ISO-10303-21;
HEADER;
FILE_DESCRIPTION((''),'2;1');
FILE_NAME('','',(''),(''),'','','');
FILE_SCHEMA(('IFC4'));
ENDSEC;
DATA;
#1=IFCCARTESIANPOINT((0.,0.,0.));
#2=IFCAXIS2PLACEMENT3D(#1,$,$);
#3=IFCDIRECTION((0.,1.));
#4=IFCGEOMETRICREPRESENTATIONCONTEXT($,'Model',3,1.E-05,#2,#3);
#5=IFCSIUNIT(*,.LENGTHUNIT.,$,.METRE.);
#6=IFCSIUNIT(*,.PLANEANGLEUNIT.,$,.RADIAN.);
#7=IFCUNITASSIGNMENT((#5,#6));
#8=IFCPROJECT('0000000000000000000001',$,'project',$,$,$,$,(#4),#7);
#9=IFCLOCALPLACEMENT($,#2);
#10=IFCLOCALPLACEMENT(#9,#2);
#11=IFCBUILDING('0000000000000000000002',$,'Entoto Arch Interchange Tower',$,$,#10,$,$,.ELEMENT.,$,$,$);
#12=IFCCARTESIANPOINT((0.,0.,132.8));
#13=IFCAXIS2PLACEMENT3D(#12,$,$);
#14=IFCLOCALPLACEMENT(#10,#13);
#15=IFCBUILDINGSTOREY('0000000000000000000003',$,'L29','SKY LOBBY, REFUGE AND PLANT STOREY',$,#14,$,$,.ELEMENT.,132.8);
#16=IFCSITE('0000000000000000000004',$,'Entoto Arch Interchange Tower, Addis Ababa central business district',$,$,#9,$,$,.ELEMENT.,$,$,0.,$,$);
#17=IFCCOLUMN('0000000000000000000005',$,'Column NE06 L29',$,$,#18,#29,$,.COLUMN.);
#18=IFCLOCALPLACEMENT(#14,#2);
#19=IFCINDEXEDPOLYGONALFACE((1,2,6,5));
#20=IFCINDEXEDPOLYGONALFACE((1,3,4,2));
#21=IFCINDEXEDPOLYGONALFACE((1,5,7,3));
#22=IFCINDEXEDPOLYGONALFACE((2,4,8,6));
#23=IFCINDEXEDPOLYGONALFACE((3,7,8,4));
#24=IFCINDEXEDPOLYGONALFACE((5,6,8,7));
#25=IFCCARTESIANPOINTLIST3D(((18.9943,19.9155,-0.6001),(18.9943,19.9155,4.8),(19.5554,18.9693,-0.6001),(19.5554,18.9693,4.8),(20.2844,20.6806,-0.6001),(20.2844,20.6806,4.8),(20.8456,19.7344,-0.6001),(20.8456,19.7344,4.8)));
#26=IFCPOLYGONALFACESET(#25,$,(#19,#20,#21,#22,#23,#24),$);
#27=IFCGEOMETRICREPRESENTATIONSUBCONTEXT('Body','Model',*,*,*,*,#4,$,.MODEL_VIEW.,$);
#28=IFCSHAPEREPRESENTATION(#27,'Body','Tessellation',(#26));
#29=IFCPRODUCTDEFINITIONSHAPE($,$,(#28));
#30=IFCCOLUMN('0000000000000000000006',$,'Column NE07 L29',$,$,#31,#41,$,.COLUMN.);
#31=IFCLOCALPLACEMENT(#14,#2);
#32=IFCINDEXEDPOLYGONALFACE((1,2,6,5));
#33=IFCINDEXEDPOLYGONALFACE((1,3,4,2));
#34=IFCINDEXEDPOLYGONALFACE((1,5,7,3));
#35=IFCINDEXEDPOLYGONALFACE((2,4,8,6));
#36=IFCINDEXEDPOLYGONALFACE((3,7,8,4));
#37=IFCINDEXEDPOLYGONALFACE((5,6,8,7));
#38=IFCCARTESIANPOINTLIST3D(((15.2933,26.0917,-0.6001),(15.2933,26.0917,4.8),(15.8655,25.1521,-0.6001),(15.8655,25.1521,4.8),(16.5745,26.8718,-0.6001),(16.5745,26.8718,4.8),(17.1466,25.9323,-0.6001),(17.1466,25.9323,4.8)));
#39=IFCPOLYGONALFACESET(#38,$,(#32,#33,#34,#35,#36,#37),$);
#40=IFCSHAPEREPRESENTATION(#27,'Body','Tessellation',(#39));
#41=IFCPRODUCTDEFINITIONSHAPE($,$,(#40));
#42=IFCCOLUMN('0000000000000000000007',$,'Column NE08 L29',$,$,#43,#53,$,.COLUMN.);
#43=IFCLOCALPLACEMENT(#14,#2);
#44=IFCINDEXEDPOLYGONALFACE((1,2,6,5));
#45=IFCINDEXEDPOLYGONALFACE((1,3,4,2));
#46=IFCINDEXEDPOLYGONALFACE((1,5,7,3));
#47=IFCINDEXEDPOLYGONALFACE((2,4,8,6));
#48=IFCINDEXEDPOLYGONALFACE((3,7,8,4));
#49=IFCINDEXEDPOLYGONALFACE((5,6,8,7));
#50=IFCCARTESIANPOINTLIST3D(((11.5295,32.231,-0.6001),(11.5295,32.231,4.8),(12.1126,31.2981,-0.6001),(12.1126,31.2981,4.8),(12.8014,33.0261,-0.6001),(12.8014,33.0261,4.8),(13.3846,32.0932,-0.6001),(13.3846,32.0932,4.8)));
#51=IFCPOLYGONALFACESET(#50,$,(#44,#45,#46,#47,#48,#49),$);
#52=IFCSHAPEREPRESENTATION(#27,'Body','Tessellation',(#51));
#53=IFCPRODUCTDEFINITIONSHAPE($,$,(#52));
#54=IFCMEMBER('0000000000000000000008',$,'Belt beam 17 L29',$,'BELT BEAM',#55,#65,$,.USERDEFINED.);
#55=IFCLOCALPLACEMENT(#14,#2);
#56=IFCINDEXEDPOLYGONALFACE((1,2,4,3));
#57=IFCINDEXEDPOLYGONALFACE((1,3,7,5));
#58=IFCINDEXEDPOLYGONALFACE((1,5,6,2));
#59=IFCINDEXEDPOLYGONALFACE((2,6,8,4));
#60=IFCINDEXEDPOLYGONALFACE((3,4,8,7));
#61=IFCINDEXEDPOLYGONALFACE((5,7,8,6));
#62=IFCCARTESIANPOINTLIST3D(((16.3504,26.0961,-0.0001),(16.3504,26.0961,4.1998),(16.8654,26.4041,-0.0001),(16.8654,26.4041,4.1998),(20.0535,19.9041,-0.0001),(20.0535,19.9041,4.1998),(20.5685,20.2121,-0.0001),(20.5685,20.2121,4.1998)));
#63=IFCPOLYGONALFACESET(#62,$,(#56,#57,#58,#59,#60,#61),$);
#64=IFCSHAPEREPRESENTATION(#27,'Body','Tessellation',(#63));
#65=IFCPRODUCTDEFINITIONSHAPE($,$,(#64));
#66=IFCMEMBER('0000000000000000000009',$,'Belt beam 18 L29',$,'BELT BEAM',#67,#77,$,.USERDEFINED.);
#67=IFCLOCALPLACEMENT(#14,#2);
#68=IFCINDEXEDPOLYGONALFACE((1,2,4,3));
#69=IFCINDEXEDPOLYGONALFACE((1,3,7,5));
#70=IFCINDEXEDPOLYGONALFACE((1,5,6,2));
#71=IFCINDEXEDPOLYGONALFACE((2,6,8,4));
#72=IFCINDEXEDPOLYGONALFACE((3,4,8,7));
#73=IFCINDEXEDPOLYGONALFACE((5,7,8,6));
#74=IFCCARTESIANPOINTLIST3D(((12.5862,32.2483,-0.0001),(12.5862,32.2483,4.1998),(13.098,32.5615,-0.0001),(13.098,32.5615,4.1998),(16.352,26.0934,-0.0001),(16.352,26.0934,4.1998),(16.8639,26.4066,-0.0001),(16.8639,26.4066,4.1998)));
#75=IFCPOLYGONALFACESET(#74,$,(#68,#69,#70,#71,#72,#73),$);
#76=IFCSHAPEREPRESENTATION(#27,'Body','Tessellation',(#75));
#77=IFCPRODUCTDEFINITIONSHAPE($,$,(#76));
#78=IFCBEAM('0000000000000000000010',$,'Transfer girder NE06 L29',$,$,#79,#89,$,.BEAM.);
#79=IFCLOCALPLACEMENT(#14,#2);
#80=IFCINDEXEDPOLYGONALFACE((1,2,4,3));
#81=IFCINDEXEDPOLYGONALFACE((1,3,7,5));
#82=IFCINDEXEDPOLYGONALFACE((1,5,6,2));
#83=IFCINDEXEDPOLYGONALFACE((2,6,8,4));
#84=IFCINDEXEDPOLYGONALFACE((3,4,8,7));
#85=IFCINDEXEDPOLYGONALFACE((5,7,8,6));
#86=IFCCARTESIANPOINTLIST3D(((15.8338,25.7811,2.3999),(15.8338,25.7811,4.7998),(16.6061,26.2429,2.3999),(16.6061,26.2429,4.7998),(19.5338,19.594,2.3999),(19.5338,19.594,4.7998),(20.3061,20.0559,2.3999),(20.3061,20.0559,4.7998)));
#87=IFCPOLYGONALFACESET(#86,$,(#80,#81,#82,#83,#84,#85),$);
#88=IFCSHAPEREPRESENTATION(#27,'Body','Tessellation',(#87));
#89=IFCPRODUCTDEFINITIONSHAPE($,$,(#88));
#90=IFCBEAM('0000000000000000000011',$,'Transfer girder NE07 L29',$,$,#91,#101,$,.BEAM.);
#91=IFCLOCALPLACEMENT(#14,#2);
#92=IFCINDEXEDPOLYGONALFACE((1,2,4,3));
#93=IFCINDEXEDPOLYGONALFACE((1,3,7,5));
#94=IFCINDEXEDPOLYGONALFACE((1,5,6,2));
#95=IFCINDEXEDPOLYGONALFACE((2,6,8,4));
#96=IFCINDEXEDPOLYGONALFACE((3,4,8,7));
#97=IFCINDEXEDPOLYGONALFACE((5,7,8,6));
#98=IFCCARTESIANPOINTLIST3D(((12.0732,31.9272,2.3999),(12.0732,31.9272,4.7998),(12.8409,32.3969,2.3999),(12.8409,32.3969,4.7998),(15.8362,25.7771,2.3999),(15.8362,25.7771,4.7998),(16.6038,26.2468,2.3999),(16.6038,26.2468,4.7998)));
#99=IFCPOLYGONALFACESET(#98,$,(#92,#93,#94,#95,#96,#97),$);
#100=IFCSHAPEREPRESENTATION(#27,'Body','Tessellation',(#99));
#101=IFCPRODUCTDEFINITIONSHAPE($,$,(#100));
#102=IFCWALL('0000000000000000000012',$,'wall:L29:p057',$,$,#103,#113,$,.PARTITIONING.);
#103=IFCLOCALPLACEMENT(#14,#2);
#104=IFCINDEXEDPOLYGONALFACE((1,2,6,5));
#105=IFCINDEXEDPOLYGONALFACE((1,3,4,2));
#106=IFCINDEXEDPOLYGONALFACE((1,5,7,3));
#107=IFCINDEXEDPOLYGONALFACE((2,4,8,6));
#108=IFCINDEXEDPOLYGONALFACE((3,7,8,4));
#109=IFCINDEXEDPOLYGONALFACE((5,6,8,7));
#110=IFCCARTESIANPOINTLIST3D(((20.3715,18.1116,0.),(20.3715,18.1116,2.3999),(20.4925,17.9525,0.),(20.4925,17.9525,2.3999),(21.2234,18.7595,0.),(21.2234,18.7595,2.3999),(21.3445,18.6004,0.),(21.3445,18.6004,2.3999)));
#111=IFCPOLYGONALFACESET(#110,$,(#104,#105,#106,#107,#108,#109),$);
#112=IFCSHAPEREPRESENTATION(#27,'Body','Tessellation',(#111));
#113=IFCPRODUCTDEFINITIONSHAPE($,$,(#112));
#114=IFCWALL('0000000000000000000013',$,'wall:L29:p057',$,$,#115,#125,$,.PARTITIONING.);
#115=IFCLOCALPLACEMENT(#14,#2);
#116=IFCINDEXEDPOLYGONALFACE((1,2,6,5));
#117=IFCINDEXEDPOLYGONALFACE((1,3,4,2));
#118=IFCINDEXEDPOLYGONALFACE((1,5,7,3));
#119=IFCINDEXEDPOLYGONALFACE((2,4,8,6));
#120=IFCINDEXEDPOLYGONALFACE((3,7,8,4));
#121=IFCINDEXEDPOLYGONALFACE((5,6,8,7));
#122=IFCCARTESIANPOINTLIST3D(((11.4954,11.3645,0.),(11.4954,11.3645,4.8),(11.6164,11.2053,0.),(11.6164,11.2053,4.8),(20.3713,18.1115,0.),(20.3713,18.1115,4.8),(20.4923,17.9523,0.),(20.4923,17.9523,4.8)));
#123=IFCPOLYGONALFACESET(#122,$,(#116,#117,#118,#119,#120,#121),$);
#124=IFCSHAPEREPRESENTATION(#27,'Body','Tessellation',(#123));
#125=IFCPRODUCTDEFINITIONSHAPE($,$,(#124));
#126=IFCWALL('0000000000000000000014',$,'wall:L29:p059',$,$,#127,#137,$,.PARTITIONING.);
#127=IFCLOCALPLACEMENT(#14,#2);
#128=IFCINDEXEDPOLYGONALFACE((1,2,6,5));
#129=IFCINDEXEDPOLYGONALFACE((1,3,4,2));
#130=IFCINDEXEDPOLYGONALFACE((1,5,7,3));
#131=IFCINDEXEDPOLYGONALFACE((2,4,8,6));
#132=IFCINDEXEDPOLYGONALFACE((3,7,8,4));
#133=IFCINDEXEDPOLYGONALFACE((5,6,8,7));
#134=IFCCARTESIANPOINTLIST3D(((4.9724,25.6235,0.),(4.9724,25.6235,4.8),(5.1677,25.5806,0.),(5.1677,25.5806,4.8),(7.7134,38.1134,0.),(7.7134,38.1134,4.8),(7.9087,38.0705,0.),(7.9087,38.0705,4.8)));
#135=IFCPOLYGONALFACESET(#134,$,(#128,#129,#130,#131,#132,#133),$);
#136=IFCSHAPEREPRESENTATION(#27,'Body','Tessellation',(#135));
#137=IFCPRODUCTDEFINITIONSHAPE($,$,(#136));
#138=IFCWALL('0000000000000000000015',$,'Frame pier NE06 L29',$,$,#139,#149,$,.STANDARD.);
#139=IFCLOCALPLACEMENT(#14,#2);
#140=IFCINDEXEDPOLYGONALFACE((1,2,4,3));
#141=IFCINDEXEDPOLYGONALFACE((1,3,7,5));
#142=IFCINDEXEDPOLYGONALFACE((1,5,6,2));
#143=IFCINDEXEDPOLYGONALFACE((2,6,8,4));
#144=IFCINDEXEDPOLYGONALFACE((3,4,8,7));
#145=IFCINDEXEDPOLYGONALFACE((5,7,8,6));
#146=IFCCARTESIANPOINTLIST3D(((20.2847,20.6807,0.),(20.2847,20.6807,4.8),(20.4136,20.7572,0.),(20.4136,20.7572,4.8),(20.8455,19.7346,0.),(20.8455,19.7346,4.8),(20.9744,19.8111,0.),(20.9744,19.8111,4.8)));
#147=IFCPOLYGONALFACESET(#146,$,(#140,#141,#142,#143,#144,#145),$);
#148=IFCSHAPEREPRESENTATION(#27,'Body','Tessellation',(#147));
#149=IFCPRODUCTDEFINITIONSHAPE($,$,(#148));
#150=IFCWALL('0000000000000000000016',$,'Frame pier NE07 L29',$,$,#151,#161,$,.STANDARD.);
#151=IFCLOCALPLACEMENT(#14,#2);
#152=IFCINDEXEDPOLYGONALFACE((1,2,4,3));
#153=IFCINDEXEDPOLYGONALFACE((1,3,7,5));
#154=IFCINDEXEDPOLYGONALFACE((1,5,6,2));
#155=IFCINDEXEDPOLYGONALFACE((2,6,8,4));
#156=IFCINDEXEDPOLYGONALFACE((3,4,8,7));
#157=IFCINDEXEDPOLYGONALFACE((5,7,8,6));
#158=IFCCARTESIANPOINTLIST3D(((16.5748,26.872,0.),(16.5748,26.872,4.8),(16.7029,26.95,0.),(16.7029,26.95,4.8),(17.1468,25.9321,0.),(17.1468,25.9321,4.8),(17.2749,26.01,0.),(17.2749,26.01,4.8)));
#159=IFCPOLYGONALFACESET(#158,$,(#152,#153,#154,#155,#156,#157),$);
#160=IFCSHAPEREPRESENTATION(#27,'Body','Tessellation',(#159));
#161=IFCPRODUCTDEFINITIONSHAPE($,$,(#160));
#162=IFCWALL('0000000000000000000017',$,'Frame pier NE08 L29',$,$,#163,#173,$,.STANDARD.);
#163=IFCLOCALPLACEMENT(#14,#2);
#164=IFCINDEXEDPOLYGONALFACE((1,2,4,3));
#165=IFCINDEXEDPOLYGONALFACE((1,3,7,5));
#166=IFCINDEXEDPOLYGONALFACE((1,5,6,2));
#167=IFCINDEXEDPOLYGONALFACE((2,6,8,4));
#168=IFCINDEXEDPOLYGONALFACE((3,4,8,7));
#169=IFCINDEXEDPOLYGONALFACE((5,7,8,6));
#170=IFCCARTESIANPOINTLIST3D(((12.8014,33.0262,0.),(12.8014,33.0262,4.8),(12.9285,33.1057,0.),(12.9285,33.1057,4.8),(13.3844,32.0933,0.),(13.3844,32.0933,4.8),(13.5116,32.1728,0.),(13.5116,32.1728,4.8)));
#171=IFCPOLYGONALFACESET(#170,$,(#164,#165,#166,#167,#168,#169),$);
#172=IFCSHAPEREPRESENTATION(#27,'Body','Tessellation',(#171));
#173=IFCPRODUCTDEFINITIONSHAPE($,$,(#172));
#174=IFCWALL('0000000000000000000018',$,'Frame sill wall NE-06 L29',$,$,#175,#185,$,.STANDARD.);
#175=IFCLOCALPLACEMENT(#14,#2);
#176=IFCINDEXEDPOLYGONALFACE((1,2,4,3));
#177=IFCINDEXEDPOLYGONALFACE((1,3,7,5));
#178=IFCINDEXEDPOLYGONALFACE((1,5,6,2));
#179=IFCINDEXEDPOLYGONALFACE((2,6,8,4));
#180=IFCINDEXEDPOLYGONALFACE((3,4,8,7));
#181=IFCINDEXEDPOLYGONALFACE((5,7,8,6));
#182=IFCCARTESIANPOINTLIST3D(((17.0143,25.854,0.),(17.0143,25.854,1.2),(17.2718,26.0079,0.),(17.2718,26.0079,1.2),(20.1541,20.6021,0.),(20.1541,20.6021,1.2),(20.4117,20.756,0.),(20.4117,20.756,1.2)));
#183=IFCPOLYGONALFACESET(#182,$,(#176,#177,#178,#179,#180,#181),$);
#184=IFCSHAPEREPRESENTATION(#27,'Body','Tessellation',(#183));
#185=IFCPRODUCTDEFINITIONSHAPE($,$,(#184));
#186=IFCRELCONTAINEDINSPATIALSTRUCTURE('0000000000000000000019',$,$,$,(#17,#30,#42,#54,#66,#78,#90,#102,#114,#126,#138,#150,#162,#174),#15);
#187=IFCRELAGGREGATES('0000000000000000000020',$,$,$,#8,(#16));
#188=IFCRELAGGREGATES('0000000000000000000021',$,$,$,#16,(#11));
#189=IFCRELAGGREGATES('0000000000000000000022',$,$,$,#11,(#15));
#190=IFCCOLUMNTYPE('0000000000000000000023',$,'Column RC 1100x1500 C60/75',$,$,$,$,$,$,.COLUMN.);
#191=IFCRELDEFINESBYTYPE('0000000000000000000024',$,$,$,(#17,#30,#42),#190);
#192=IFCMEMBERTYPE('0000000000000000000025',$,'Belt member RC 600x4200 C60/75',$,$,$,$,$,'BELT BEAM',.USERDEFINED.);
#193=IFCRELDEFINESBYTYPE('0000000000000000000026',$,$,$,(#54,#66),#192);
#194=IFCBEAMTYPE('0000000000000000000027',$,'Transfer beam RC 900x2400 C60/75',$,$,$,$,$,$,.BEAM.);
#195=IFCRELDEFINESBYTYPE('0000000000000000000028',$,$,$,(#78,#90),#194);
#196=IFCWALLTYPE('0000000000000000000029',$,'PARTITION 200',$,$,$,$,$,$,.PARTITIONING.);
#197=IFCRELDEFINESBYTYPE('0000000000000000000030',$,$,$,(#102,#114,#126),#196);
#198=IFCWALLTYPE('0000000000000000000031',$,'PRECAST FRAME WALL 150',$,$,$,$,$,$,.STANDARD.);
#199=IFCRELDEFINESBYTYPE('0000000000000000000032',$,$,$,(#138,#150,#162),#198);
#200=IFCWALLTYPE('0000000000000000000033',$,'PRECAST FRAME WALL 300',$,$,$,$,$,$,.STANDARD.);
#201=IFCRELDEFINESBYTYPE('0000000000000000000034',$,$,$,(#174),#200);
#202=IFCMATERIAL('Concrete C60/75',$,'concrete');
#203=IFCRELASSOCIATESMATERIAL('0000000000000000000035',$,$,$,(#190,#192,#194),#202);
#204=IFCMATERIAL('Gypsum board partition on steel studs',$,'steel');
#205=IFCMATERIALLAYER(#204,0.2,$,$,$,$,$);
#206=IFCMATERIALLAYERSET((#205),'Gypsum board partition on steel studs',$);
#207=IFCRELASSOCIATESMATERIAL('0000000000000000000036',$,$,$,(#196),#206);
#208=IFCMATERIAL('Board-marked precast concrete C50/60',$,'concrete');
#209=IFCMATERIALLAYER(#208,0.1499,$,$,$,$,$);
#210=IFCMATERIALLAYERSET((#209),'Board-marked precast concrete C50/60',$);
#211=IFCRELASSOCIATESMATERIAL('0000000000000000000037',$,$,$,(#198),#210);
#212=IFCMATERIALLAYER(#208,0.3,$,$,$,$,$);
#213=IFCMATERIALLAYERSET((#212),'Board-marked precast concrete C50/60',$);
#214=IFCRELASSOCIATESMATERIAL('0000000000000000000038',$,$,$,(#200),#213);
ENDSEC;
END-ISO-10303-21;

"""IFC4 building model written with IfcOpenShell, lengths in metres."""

from ifc_helpers import new_model, si_unit, direction, frame, frame_2d, origin, origin_2d, place, context, subcontext, project, spatial, rectangle, extrude, material, layer, layer_set, material_profile, profile_set, type_object, element, save


model = new_model("IFC4")

# Units and contexts
model_context = context("Model", 3, precision=1e-05, world=origin(), true_north=direction((0.0, 1.0)))
body_context = subcontext(model_context, "Body", "Model", "MODEL_VIEW")
ifc_project = project(units=[si_unit("LENGTHUNIT", "METRE"), si_unit("PLANEANGLEUNIT", "RADIAN")], contexts=[model_context])

# Site, building, storey
site_placement = place(None, origin())
site = spatial("IfcSite", under=ifc_project, at=site_placement, Name="Entoto Arch Interchange Tower, Addis Ababa central business district", CompositionType="ELEMENT", RefElevation=0.0)
building_placement = place(site_placement, origin())
building = spatial("IfcBuilding", under=site, at=building_placement, Name="Entoto Arch Interchange Tower", CompositionType="ELEMENT")
storey_placement = place(building_placement, frame((0.0, 0.0, 132.8)))
storey = spatial("IfcBuildingStorey", under=building, at=storey_placement, Name="L29", Description="SKY LOBBY, REFUGE AND PLANT STOREY", CompositionType="ELEMENT", Elevation=132.8)

# Columns
ifc_material_1 = material(Name="Concrete C60/75", Category="concrete")
ifc_material_profile_1 = material_profile(ifc_material_1, rectangle(XDim=1.1001, YDim=1.5, at=origin_2d()))
ifc_profile_set_1 = profile_set([ifc_material_profile_1], Name="Concrete C60/75")
column_type = type_object("IfcColumnType", Name="Column RC 1100x1500 C60/75", PredefinedType="COLUMN", material=ifc_profile_set_1)
for number, where, z_axis, x_axis, name in (
    (1, (19.9199, 19.825, -0.6001), (0.0, 0.0, 1.0), (-0.510093, 0.860119, 0.0), "Column NE06 L29"),
    (2, (16.22, 26.012, -0.6001), (0.0, 0.0, 1.0), (-0.520116, 0.854096, 0.0), "Column NE07 L29"),
    (3, (12.457, 32.1621, -0.6001), (0.0, 0.0, 1.0), (-0.530067, 0.847956, 0.0), "Column NE08 L29"),
):
    element("IfcColumn", number, at=place(storey_placement, frame(where, z_axis=z_axis, x_axis=x_axis)), inside=storey, type_object=column_type, Name=name, PredefinedType="COLUMN", context=body_context, shape_type="SweptSolid", body=[
        extrude(rectangle(XDim=1.1001, YDim=1.5, at=origin_2d()), origin(), (0.0, 0.0, 1.0), 5.4001),
    ])

# Members
ifc_material_profile_2 = material_profile(ifc_material_1, rectangle(XDim=0.6001, YDim=4.2, at=origin_2d()))
ifc_profile_set_2 = profile_set([ifc_material_profile_2], Name="Concrete C60/75")
member_type = type_object("IfcMemberType", Name="Belt member RC 600x4200 C60/75", ElementType="BELT BEAM", PredefinedType="USERDEFINED", material=ifc_profile_set_2)
member_1_placement = place(storey_placement, frame((20.311, 20.0581, 2.0999), z_axis=(-0.513271, 0.858227, 0.0), x_axis=(-0.858227, -0.513271, 0.0)))
element("IfcMember", 4, at=member_1_placement, inside=storey, type_object=member_type, Name="Belt beam 17 L29", ObjectType="BELT BEAM", PredefinedType="USERDEFINED", context=body_context, shape_type="SweptSolid", body=[
    extrude(rectangle(XDim=0.6001, YDim=4.2, at=origin_2d()), origin(), (0.0, 0.0, 1.0), 7.2148),
])
member_2_placement = place(storey_placement, frame((16.6079, 26.25, 2.0999), z_axis=(-0.5219, 0.853007, 0.0), x_axis=(-0.853007, -0.5219, 0.0)))
element("IfcMember", 5, at=member_2_placement, inside=storey, type_object=member_type, Name="Belt beam 18 L29", ObjectType="BELT BEAM", PredefinedType="USERDEFINED", context=body_context, shape_type="SweptSolid", body=[
    extrude(rectangle(XDim=0.6001, YDim=4.2, at=origin_2d()), origin(), (0.0, 0.0, 1.0), 7.2156),
])

# Beams
ifc_material_profile_3 = material_profile(ifc_material_1, rectangle(XDim=0.8999, YDim=2.3999, at=origin_2d()))
ifc_profile_set_3 = profile_set([ifc_material_profile_3], Name="Concrete C60/75")
beam_type = type_object("IfcBeamType", Name="Transfer beam RC 900x2400 C60/75", PredefinedType="BEAM", material=ifc_profile_set_3)
beam_1_placement = place(storey_placement, frame((19.9199, 19.825, 3.5999), z_axis=(-0.513245, 0.858242, 0.0), x_axis=(-0.858242, -0.513245, 0.0)))
element("IfcBeam", 6, at=beam_1_placement, inside=storey, type_object=beam_type, Name="Transfer girder NE06 L29", PredefinedType="BEAM", context=body_context, shape_type="SweptSolid", body=[
    extrude(rectangle(XDim=0.8999, YDim=2.3999, at=origin_2d()), origin(), (0.0, 0.0, 1.0), 7.209),
])
beam_2_placement = place(storey_placement, frame((16.22, 26.012, 3.5999), z_axis=(-0.521906, 0.853003, 0.0), x_axis=(-0.853003, -0.521906, 0.0)))
element("IfcBeam", 7, at=beam_2_placement, inside=storey, type_object=beam_type, Name="Transfer girder NE07 L29", PredefinedType="BEAM", context=body_context, shape_type="SweptSolid", body=[
    extrude(rectangle(XDim=0.8999, YDim=2.3999, at=origin_2d()), origin(), (0.0, 0.0, 1.0), 7.21),
])

# Walls
ifc_material_2 = material(Name="Gypsum board partition on steel studs", Category="steel")
ifc_layer_1 = layer(ifc_material_2, 0.2)
ifc_layer_set_1 = layer_set([ifc_layer_1], Name="Gypsum board partition on steel studs")
wall_type_1 = type_object("IfcWallType", Name="PARTITION 200", PredefinedType="PARTITIONING", material=ifc_layer_set_1)
wall_1_placement = place(storey_placement, frame((21.2839, 18.6799, 0.0), z_axis=(0.0, 0.0, 1.0), x_axis=(-0.795986, -0.605315, 0.0)))
element("IfcWall", 8, at=wall_1_placement, inside=storey, type_object=wall_type_1, Name="wall:L29:p057", PredefinedType="PARTITIONING", context=body_context, shape_type="SweptSolid", body=[
    extrude(rectangle(XDim=1.0703, YDim=0.2, at=frame_2d((0.5352, 0.0))), origin(), (0.0, 0.0, 1.0), 2.3999),
])
wall_2_placement = place(storey_placement, frame((20.4319, 18.032, 0.0), z_axis=(0.0, 0.0, 1.0), x_axis=(-0.796105, -0.605159, 0.0)))
element("IfcWall", 9, at=wall_2_placement, inside=storey, type_object=wall_type_1, Name="wall:L29:p057", PredefinedType="PARTITIONING", context=body_context, shape_type="SweptSolid", body=[
    extrude(rectangle(XDim=11.1492, YDim=0.2, at=frame_2d((5.5747, 0.0))), origin(), (0.0, 0.0, 1.0), 4.8),
])
wall_3_placement = place(storey_placement, frame((5.0701, 25.6021, 0.0), z_axis=(0.0, 0.0, 1.0), x_axis=(0.214352, 0.976756, 0.0)))
element("IfcWall", 10, at=wall_3_placement, inside=storey, type_object=wall_type_1, Name="wall:L29:p059", PredefinedType="PARTITIONING", context=body_context, shape_type="SweptSolid", body=[
    extrude(rectangle(XDim=12.7871, YDim=0.2, at=frame_2d((6.3936, 0.0))), origin(), (0.0, 0.0, 1.0), 4.8),
])
ifc_material_3 = material(Name="Board-marked precast concrete C50/60", Category="concrete")
ifc_layer_2 = layer(ifc_material_3, 0.1499)
ifc_layer_set_2 = layer_set([ifc_layer_2], Name="Board-marked precast concrete C50/60")
wall_type_2 = type_object("IfcWallType", Name="PRECAST FRAME WALL 150", PredefinedType="STANDARD", material=ifc_layer_set_2)
wall_4_placement = place(storey_placement, frame((20.9099, 19.7729, 0.0), z_axis=(0.0, 0.0, 1.0), x_axis=(-0.509918, 0.860223, 0.0)))
element("IfcWall", 11, at=wall_4_placement, inside=storey, type_object=wall_type_2, Name="Frame pier NE06 L29", PredefinedType="STANDARD", context=body_context, shape_type="SweptSolid", body=[
    extrude(rectangle(XDim=1.0999, YDim=0.1499, at=frame_2d((0.5498, 0.0))), origin(), (0.0, 0.0, 1.0), 4.8),
])
wall_5_placement = place(storey_placement, frame((17.2109, 25.9709, 0.0), z_axis=(0.0, 0.0, 1.0), x_axis=(-0.51987, 0.854246, 0.0)))
element("IfcWall", 12, at=wall_5_placement, inside=storey, type_object=wall_type_2, Name="Frame pier NE07 L29", PredefinedType="STANDARD", context=body_context, shape_type="SweptSolid", body=[
    extrude(rectangle(XDim=1.1003, YDim=0.1499, at=frame_2d((0.5503, 0.0))), origin(), (0.0, 0.0, 1.0), 4.8),
])
wall_6_placement = place(storey_placement, frame((13.448, 32.1331, 0.0), z_axis=(0.0, 0.0, 1.0), x_axis=(-0.529979, 0.848011, 0.0)))
element("IfcWall", 13, at=wall_6_placement, inside=storey, type_object=wall_type_2, Name="Frame pier NE08 L29", PredefinedType="STANDARD", context=body_context, shape_type="SweptSolid", body=[
    extrude(rectangle(XDim=1.1001, YDim=0.1499, at=frame_2d((0.55, 0.0))), origin(), (0.0, 0.0, 1.0), 4.8),
])
ifc_layer_3 = layer(ifc_material_3, 0.3)
ifc_layer_set_3 = layer_set([ifc_layer_3], Name="Board-marked precast concrete C50/60")
wall_type_3 = type_object("IfcWallType", Name="PRECAST FRAME WALL 300", PredefinedType="STANDARD", material=ifc_layer_set_3)
wall_7_placement = place(storey_placement, frame((20.283, 20.679, 0.0), z_axis=(0.0, 0.0, 1.0), x_axis=(-0.51314, 0.858305, 0.0)))
element("IfcWall", 14, at=wall_7_placement, inside=storey, type_object=wall_type_3, Name="Frame sill wall NE-06 L29", PredefinedType="STANDARD", context=body_context, shape_type="SweptSolid", body=[
    extrude(rectangle(XDim=6.1189, YDim=0.3, at=frame_2d((3.0596, 0.0))), origin(), (0.0, 0.0, 1.0), 1.2),
])

save(model, "model.ifc")
